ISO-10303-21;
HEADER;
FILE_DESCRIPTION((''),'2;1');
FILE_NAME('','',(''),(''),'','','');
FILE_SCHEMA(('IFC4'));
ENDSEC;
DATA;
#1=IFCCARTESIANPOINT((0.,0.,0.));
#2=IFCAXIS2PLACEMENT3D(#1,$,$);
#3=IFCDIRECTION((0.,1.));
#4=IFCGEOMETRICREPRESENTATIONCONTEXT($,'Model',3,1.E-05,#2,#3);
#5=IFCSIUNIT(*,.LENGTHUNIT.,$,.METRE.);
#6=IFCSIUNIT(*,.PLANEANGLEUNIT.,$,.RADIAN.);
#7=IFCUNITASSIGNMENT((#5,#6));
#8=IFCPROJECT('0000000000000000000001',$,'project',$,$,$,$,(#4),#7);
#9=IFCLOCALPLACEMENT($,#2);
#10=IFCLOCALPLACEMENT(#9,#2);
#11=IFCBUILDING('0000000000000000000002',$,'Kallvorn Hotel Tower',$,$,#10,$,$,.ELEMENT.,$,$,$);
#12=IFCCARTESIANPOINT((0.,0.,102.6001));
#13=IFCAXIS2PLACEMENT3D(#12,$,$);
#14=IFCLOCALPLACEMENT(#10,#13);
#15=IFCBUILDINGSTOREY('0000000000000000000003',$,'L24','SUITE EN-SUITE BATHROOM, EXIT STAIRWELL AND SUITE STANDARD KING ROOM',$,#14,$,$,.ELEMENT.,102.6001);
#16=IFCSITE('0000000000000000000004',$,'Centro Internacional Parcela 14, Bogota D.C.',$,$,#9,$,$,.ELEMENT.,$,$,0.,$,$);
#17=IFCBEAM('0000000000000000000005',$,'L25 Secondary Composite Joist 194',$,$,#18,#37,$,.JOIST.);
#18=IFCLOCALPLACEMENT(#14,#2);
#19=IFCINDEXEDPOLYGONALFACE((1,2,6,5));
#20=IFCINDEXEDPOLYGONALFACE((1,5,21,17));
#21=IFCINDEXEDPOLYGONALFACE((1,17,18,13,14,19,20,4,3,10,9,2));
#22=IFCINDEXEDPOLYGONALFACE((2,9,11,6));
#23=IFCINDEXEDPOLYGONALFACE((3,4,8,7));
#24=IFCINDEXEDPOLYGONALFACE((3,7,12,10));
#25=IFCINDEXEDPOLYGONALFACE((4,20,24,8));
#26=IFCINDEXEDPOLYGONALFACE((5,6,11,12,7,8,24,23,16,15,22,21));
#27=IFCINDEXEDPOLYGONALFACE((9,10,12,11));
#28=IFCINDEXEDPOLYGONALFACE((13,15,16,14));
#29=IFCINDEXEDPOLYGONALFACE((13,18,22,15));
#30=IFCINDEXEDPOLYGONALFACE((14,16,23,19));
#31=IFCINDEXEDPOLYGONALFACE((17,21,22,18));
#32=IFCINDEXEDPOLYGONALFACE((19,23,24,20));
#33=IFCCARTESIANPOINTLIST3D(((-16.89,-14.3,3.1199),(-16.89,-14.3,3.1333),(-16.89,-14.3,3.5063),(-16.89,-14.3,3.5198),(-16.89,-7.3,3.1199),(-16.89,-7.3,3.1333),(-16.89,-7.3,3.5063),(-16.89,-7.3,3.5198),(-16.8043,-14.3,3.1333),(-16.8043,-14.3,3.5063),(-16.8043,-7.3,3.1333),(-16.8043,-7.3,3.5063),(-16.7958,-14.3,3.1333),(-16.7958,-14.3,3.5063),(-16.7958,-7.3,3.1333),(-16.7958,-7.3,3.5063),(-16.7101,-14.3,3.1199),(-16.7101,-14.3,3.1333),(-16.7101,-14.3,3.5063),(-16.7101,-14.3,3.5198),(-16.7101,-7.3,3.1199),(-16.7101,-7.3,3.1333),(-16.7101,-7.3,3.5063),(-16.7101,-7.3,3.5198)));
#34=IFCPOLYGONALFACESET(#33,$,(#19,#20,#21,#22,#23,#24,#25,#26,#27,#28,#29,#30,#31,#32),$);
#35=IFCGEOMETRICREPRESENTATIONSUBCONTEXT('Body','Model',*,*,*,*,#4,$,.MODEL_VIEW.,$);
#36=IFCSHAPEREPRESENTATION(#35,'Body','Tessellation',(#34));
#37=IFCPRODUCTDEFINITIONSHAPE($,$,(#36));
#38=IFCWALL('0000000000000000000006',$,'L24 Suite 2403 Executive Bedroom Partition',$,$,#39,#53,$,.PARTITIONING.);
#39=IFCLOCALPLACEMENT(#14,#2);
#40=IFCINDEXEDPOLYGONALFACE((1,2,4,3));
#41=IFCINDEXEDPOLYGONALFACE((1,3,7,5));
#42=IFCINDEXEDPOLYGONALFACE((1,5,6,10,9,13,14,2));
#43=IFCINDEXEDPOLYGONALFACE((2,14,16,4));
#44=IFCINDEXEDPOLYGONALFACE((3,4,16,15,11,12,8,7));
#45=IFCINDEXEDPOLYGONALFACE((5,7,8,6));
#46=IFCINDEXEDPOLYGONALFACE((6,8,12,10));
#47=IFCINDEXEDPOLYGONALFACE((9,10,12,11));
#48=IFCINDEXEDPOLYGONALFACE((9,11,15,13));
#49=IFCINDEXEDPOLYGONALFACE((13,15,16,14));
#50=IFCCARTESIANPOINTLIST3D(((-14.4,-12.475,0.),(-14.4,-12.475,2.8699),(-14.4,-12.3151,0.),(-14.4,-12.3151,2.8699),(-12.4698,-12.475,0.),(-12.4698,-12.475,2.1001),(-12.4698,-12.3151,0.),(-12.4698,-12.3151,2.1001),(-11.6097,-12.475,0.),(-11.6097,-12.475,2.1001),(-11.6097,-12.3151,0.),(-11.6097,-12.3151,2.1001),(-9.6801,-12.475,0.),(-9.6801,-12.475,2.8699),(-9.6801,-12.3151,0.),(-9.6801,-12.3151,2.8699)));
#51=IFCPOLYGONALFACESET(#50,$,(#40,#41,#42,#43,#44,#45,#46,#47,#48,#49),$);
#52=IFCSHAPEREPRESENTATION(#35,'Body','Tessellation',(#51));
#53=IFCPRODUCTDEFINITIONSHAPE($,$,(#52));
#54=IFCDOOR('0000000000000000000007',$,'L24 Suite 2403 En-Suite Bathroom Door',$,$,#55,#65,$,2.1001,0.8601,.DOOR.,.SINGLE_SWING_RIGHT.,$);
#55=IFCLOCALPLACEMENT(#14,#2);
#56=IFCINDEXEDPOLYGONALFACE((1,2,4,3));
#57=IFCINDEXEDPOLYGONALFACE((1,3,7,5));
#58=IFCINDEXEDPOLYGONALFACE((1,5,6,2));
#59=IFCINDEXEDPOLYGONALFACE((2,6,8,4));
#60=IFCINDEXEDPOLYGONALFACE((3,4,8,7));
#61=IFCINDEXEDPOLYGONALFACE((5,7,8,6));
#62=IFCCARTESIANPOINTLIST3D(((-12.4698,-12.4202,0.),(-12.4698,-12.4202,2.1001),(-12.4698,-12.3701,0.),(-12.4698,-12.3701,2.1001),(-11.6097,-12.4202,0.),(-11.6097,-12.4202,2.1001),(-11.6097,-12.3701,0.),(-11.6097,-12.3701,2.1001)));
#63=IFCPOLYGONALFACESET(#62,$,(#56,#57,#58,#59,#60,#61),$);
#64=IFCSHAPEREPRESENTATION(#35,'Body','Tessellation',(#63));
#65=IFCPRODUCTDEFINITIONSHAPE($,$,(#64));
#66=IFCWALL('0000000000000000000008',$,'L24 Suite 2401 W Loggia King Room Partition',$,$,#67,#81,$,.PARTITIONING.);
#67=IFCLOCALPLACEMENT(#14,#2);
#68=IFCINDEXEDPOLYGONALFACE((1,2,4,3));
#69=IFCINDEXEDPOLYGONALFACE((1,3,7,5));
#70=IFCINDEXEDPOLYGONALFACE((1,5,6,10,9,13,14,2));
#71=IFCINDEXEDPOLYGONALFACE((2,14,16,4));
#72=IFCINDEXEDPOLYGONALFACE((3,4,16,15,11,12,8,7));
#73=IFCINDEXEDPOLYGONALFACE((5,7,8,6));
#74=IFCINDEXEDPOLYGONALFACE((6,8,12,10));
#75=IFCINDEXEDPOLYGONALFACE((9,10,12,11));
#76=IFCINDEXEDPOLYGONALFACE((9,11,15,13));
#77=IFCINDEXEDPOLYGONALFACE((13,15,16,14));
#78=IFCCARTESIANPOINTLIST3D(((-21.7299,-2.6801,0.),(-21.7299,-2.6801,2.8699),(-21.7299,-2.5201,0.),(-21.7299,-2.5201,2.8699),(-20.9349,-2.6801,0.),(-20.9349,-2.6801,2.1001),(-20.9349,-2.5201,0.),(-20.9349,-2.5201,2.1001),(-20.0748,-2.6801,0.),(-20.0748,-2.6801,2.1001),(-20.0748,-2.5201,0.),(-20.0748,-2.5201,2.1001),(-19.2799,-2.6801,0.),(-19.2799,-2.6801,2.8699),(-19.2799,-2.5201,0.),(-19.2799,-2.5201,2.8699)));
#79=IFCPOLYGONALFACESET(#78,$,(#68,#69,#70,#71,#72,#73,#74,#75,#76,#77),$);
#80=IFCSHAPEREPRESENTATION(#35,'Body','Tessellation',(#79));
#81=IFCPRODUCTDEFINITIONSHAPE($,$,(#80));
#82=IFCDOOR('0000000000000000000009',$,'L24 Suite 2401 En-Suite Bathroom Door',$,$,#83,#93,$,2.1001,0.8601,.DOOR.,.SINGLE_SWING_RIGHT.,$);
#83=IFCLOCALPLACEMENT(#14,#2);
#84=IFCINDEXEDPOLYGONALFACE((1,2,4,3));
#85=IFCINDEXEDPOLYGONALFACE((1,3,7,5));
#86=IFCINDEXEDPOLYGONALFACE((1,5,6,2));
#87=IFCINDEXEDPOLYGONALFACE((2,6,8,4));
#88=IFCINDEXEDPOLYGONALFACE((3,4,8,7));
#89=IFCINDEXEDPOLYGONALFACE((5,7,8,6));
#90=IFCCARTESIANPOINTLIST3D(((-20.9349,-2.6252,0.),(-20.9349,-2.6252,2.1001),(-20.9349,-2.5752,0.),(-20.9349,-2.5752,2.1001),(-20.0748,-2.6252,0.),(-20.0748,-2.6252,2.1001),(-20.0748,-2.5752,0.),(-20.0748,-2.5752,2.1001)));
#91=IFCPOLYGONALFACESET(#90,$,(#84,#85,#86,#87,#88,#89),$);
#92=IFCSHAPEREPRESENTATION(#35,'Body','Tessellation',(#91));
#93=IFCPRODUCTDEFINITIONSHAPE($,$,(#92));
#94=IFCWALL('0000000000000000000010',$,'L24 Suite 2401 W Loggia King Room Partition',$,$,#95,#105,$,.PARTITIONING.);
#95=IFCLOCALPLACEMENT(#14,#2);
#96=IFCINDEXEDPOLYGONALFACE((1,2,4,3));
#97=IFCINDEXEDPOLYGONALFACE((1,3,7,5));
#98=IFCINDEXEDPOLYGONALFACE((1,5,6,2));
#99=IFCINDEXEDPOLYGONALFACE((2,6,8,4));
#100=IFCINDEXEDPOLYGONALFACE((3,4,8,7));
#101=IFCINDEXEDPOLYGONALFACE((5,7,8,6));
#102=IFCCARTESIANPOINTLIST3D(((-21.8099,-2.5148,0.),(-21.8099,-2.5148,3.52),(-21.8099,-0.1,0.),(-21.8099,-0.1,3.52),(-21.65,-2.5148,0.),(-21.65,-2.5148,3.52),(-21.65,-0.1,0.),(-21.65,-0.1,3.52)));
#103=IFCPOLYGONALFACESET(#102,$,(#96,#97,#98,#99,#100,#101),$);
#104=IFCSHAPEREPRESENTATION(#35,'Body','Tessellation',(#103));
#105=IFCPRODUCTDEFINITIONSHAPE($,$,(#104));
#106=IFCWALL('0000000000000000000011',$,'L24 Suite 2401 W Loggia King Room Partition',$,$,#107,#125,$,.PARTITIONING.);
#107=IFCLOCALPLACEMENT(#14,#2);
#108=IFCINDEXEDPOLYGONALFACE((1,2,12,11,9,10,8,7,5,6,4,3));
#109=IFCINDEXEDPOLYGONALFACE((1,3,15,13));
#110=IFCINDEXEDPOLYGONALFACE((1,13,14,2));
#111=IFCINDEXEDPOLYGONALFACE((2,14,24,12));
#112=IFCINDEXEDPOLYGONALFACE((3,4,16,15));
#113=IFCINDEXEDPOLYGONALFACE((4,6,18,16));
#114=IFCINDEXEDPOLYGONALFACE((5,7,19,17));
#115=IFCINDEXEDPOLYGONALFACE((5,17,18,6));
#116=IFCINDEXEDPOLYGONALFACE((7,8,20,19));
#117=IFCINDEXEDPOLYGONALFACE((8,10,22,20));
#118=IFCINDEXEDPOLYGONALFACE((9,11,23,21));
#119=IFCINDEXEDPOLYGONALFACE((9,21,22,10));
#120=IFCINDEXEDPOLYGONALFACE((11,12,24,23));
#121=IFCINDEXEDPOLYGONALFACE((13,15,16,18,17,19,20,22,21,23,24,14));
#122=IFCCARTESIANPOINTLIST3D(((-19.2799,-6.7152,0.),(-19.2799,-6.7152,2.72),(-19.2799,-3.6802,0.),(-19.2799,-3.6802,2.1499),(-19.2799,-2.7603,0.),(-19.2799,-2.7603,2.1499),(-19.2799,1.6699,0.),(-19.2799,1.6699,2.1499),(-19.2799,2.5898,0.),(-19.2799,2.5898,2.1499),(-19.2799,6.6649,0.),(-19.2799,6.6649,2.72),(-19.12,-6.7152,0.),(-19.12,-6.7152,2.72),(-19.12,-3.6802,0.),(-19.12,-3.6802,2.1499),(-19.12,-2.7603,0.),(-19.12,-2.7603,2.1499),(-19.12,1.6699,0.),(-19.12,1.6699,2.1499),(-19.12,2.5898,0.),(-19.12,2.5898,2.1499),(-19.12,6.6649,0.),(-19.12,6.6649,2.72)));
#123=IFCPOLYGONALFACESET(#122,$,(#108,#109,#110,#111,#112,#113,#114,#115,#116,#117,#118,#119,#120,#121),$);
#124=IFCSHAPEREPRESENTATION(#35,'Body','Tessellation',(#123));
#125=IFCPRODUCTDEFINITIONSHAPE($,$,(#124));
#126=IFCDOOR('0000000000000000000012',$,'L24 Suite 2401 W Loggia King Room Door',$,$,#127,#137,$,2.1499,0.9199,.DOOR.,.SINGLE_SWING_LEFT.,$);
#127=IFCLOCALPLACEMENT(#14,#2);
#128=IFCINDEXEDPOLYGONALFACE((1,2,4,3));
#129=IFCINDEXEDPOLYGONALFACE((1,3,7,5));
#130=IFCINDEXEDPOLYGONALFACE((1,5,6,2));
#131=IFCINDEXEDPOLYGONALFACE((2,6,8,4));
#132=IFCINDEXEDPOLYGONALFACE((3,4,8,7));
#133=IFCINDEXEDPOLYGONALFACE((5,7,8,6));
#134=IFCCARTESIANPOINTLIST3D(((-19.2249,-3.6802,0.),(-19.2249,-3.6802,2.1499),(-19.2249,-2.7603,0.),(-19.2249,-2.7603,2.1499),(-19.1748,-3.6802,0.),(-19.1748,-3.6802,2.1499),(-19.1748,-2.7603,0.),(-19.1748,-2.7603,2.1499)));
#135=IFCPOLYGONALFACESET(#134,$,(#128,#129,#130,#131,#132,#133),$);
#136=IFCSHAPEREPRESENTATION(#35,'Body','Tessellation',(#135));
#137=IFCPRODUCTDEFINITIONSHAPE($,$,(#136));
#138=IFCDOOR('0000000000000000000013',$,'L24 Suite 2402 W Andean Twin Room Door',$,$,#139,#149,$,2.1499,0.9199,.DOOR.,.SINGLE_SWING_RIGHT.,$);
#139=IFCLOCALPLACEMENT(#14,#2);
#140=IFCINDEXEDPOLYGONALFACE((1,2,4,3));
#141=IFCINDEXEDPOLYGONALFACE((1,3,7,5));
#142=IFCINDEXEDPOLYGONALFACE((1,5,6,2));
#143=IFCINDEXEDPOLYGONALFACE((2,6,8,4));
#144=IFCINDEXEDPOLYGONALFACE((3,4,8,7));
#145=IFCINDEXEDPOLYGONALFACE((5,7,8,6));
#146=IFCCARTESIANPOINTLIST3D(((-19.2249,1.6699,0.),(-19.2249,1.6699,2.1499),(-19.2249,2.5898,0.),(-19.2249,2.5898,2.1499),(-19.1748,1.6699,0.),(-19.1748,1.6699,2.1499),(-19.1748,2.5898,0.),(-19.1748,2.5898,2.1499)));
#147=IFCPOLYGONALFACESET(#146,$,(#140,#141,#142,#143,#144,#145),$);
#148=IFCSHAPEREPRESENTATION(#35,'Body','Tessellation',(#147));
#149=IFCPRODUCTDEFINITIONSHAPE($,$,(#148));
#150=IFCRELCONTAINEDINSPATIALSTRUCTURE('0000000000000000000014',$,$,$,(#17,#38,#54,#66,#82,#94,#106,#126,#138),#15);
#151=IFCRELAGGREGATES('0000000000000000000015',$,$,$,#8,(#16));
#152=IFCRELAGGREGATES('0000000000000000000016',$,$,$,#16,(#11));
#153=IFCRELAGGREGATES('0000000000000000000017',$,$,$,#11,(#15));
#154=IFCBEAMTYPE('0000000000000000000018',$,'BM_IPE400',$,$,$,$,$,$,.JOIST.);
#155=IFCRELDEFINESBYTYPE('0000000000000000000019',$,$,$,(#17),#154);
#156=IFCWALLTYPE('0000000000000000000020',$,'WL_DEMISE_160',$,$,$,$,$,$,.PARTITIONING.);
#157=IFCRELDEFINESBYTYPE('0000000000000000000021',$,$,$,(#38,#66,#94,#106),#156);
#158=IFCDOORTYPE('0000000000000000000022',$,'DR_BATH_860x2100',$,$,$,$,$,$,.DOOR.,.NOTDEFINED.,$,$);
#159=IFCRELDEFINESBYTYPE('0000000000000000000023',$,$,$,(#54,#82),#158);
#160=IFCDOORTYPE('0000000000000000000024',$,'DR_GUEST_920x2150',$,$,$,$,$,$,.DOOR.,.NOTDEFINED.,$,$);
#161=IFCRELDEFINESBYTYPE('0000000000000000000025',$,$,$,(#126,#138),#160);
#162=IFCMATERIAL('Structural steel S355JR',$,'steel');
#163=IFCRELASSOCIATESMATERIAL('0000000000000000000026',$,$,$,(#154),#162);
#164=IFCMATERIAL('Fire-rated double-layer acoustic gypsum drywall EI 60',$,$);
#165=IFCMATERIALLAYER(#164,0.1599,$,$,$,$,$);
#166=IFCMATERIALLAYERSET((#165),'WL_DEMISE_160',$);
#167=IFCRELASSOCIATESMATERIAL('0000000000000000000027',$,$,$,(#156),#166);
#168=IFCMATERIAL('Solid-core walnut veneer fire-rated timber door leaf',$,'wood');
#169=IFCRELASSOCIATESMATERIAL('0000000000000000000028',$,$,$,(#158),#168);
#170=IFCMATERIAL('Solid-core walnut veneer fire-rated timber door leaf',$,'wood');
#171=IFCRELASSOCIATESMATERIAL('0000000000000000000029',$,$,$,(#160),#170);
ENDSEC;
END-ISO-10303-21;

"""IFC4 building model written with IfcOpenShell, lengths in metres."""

from ifc_helpers import new_model, si_unit, direction, frame, frame_2d, origin, origin_2d, place, context, subcontext, project, spatial, rectangle, i_section, extrude, material, layer, layer_set, material_profile, profile_set, type_object, element, fill, save


model = new_model("IFC4")

# Units and contexts
model_context = context("Model", 3, precision=1e-05, world=origin(), true_north=direction((0.0, 1.0)))
body_context = subcontext(model_context, "Body", "Model", "MODEL_VIEW")
ifc_project = project(units=[si_unit("LENGTHUNIT", "METRE"), si_unit("PLANEANGLEUNIT", "RADIAN")], contexts=[model_context])

# Site, building, storey
site_placement = place(None, origin())
site = spatial("IfcSite", under=ifc_project, at=site_placement, Name="Centro Internacional Parcela 14, Bogota D.C.", CompositionType="ELEMENT", RefElevation=0.0)
building_placement = place(site_placement, origin())
building = spatial("IfcBuilding", under=site, at=building_placement, Name="Kallvorn Hotel Tower", CompositionType="ELEMENT")
storey_placement = place(building_placement, frame((0.0, 0.0, 102.6001)))
storey = spatial("IfcBuildingStorey", under=building, at=storey_placement, Name="L24", Description="SUITE EN-SUITE BATHROOM, EXIT STAIRWELL AND SUITE STANDARD KING ROOM", CompositionType="ELEMENT", Elevation=102.6001)

# Beam
ifc_material_1 = material(Name="Structural steel S355JR", Category="steel")
ifc_material_profile_1 = material_profile(ifc_material_1, i_section(OverallWidth=0.1799, OverallDepth=0.3999, WebThickness=0.0085, FlangeThickness=0.0134, at=origin_2d()), Name="IPE 400")
ifc_profile_set_1 = profile_set([ifc_material_profile_1], Name="Structural steel S355JR")
beam_type_1 = type_object("IfcBeamType", Name="BM_IPE400", PredefinedType="JOIST", material=ifc_profile_set_1)
for number, where, z_axis, x_axis, name in (
    (1, (-16.8, -14.3, 3.3198), (0.0, 1.0, 0.0), (-1.0, 0.0, 0.0), "L25 Secondary Composite Joist 194"),
):
    element("IfcBeam", number, at=place(storey_placement, frame(where, z_axis=z_axis, x_axis=x_axis)), inside=storey, type_object=beam_type_1, Name=name, PredefinedType="JOIST", context=body_context, shape_type="SweptSolid", body=[
        extrude(i_section(OverallWidth=0.1799, OverallDepth=0.3999, WebThickness=0.0085, FlangeThickness=0.0134, at=origin_2d()), origin(), (0.0, 0.0, 1.0), 7.0),
    ])

# Walls, openings, doors
ifc_material_2 = material(Name="Fire-rated double-layer acoustic gypsum drywall EI 60")
ifc_layer = layer(ifc_material_2, 0.1599)
ifc_layer_set = layer_set([ifc_layer], Name="WL_DEMISE_160")
wall_type = type_object("IfcWallType", Name="WL_DEMISE_160", PredefinedType="PARTITIONING", material=ifc_layer_set)
wall_1_placement = place(storey_placement, frame((-14.3999, -12.395, 0.0), z_axis=(0.0, 0.0, 1.0), x_axis=(1.0, 0.0, 0.0)))
wall_1 = element("IfcWall", 2, at=wall_1_placement, inside=storey, type_object=wall_type, Name="L24 Suite 2403 Executive Bedroom Partition", PredefinedType="PARTITIONING", context=body_context, shape_type="SweptSolid", body=[
    extrude(rectangle(XDim=4.72, YDim=0.1599, at=frame_2d((2.3599, 0.0))), origin(), (0.0, 0.0, 1.0), 2.8699),
])
opening_1_placement = place(wall_1_placement, frame((1.9299, 0.0, 0.0)))
opening_1 = element("IfcOpeningElement", 3, at=opening_1_placement, cuts=wall_1, PredefinedType="OPENING", context=body_context, shape_type="SweptSolid", body=[
    extrude(rectangle(XDim=0.8601, YDim=2.1001, at=frame_2d((0.4302, 1.05))), frame((0.0, 0.095, 0.0), z_axis=(0.0, -1.0, 0.0), x_axis=(1.0, 0.0, 0.0)), (0.0, 0.0, 1.0), 0.1899),
])
ifc_material_3 = material(Name="Solid-core walnut veneer fire-rated timber door leaf", Category="wood")
door_type_1 = type_object("IfcDoorType", Name="DR_BATH_860x2100", OperationType="NOTDEFINED", PredefinedType="DOOR", material=ifc_material_3)
door_1_placement = place(opening_1_placement, origin())
door_1 = element("IfcDoor", 4, at=door_1_placement, inside=storey, type_object=door_type_1, Name="L24 Suite 2403 En-Suite Bathroom Door", OperationType="SINGLE_SWING_RIGHT", OverallHeight=2.1001, OverallWidth=0.8601, PredefinedType="DOOR", context=body_context, shape_type="SweptSolid", body=[
    extrude(rectangle(XDim=0.8601, YDim=2.1001, at=frame_2d((0.4302, 1.05))), frame((0.0, 0.0249, 0.0), z_axis=(0.0, -1.0, 0.0), x_axis=(1.0, 0.0, 0.0)), (0.0, 0.0, 1.0), 0.05),
])
fill(opening_1, door_1)
wall_2_placement = place(storey_placement, frame((-21.73, -2.6001, 0.0), z_axis=(0.0, 0.0, 1.0), x_axis=(1.0, 0.0, 0.0)))
wall_2 = element("IfcWall", 5, at=wall_2_placement, inside=storey, type_object=wall_type, Name="L24 Suite 2401 W Loggia King Room Partition", PredefinedType="PARTITIONING", context=body_context, shape_type="SweptSolid", body=[
    extrude(rectangle(XDim=2.45, YDim=0.1599, at=frame_2d((1.2251, 0.0))), origin(), (0.0, 0.0, 1.0), 2.8699),
])
opening_2_placement = place(wall_2_placement, frame((0.7949, 0.0, 0.0)))
opening_2 = element("IfcOpeningElement", 6, at=opening_2_placement, cuts=wall_2, PredefinedType="OPENING", context=body_context, shape_type="SweptSolid", body=[
    extrude(rectangle(XDim=0.8601, YDim=2.1001, at=frame_2d((0.4302, 1.05))), frame((0.0, 0.095, 0.0), z_axis=(0.0, -1.0, 0.0), x_axis=(1.0, 0.0, 0.0)), (0.0, 0.0, 1.0), 0.1899),
])
door_2_placement = place(opening_2_placement, origin())
door_2 = element("IfcDoor", 7, at=door_2_placement, inside=storey, type_object=door_type_1, Name="L24 Suite 2401 En-Suite Bathroom Door", OperationType="SINGLE_SWING_RIGHT", OverallHeight=2.1001, OverallWidth=0.8601, PredefinedType="DOOR", context=body_context, shape_type="SweptSolid", body=[
    extrude(rectangle(XDim=0.8601, YDim=2.1001, at=frame_2d((0.4302, 1.05))), frame((0.0, 0.0249, 0.0), z_axis=(0.0, -1.0, 0.0), x_axis=(1.0, 0.0, 0.0)), (0.0, 0.0, 1.0), 0.05),
])
fill(opening_2, door_2)

# Wall
wall_3_placement = place(storey_placement, frame((-21.73, -2.5149, 0.0), z_axis=(0.0, 0.0, 1.0), x_axis=(0.0, 1.0, 0.0)))
element("IfcWall", 8, at=wall_3_placement, inside=storey, type_object=wall_type, Name="L24 Suite 2401 W Loggia King Room Partition", PredefinedType="PARTITIONING", context=body_context, shape_type="SweptSolid", body=[
    extrude(rectangle(XDim=2.4148, YDim=0.1599, at=frame_2d((1.2075, 0.0))), origin(), (0.0, 0.0, 1.0), 3.52),
])

# Wall, openings, doors
wall_4_placement = place(storey_placement, frame((-19.2, -6.7151, 0.0), z_axis=(0.0, 0.0, 1.0), x_axis=(0.0, 1.0, 0.0)))
wall_4 = element("IfcWall", 9, at=wall_4_placement, inside=storey, type_object=wall_type, Name="L24 Suite 2401 W Loggia King Room Partition", PredefinedType="PARTITIONING", context=body_context, shape_type="SweptSolid", body=[
    extrude(rectangle(XDim=13.3801, YDim=0.1599, at=frame_2d((6.6899, 0.0))), origin(), (0.0, 0.0, 1.0), 2.72),
])
opening_3_placement = place(wall_4_placement, frame((3.0349, 0.0, 0.0)))
opening_3 = element("IfcOpeningElement", 10, at=opening_3_placement, cuts=wall_4, PredefinedType="OPENING", context=body_context, shape_type="SweptSolid", body=[
    extrude(rectangle(XDim=0.9199, YDim=2.1499, at=frame_2d((0.46, 1.075))), frame((0.0, 0.095, 0.0), z_axis=(0.0, -1.0, 0.0), x_axis=(1.0, 0.0, 0.0)), (0.0, 0.0, 1.0), 0.1899),
])
opening_4_placement = place(wall_4_placement, frame((8.385, 0.0, 0.0)))
opening_4 = element("IfcOpeningElement", 11, at=opening_4_placement, cuts=wall_4, PredefinedType="OPENING", context=body_context, shape_type="SweptSolid", body=[
    extrude(rectangle(XDim=0.9199, YDim=2.1499, at=frame_2d((0.46, 1.075))), frame((0.0, 0.095, 0.0), z_axis=(0.0, -1.0, 0.0), x_axis=(1.0, 0.0, 0.0)), (0.0, 0.0, 1.0), 0.1899),
])
ifc_material_4 = material(Name="Solid-core walnut veneer fire-rated timber door leaf", Category="wood")
door_type_2 = type_object("IfcDoorType", Name="DR_GUEST_920x2150", OperationType="NOTDEFINED", PredefinedType="DOOR", material=ifc_material_4)
door_3_placement = place(opening_3_placement, origin())
door_3 = element("IfcDoor", 12, at=door_3_placement, inside=storey, type_object=door_type_2, Name="L24 Suite 2401 W Loggia King Room Door", OperationType="SINGLE_SWING_LEFT", OverallHeight=2.1499, OverallWidth=0.9199, PredefinedType="DOOR", context=body_context, shape_type="SweptSolid", body=[
    extrude(rectangle(XDim=0.9199, YDim=2.1499, at=frame_2d((0.46, 1.075))), frame((0.0, 0.0249, 0.0), z_axis=(0.0, -1.0, 0.0), x_axis=(1.0, 0.0, 0.0)), (0.0, 0.0, 1.0), 0.05),
])
fill(opening_3, door_3)
door_4_placement = place(opening_4_placement, origin())
door_4 = element("IfcDoor", 13, at=door_4_placement, inside=storey, type_object=door_type_2, Name="L24 Suite 2402 W Andean Twin Room Door", OperationType="SINGLE_SWING_RIGHT", OverallHeight=2.1499, OverallWidth=0.9199, PredefinedType="DOOR", context=body_context, shape_type="SweptSolid", body=[
    extrude(rectangle(XDim=0.9199, YDim=2.1499, at=frame_2d((0.46, 1.075))), frame((0.0, 0.0249, 0.0), z_axis=(0.0, -1.0, 0.0), x_axis=(1.0, 0.0, 0.0)), (0.0, 0.0, 1.0), 0.05),
])
fill(opening_4, door_4)

save(model, "model.ifc")
